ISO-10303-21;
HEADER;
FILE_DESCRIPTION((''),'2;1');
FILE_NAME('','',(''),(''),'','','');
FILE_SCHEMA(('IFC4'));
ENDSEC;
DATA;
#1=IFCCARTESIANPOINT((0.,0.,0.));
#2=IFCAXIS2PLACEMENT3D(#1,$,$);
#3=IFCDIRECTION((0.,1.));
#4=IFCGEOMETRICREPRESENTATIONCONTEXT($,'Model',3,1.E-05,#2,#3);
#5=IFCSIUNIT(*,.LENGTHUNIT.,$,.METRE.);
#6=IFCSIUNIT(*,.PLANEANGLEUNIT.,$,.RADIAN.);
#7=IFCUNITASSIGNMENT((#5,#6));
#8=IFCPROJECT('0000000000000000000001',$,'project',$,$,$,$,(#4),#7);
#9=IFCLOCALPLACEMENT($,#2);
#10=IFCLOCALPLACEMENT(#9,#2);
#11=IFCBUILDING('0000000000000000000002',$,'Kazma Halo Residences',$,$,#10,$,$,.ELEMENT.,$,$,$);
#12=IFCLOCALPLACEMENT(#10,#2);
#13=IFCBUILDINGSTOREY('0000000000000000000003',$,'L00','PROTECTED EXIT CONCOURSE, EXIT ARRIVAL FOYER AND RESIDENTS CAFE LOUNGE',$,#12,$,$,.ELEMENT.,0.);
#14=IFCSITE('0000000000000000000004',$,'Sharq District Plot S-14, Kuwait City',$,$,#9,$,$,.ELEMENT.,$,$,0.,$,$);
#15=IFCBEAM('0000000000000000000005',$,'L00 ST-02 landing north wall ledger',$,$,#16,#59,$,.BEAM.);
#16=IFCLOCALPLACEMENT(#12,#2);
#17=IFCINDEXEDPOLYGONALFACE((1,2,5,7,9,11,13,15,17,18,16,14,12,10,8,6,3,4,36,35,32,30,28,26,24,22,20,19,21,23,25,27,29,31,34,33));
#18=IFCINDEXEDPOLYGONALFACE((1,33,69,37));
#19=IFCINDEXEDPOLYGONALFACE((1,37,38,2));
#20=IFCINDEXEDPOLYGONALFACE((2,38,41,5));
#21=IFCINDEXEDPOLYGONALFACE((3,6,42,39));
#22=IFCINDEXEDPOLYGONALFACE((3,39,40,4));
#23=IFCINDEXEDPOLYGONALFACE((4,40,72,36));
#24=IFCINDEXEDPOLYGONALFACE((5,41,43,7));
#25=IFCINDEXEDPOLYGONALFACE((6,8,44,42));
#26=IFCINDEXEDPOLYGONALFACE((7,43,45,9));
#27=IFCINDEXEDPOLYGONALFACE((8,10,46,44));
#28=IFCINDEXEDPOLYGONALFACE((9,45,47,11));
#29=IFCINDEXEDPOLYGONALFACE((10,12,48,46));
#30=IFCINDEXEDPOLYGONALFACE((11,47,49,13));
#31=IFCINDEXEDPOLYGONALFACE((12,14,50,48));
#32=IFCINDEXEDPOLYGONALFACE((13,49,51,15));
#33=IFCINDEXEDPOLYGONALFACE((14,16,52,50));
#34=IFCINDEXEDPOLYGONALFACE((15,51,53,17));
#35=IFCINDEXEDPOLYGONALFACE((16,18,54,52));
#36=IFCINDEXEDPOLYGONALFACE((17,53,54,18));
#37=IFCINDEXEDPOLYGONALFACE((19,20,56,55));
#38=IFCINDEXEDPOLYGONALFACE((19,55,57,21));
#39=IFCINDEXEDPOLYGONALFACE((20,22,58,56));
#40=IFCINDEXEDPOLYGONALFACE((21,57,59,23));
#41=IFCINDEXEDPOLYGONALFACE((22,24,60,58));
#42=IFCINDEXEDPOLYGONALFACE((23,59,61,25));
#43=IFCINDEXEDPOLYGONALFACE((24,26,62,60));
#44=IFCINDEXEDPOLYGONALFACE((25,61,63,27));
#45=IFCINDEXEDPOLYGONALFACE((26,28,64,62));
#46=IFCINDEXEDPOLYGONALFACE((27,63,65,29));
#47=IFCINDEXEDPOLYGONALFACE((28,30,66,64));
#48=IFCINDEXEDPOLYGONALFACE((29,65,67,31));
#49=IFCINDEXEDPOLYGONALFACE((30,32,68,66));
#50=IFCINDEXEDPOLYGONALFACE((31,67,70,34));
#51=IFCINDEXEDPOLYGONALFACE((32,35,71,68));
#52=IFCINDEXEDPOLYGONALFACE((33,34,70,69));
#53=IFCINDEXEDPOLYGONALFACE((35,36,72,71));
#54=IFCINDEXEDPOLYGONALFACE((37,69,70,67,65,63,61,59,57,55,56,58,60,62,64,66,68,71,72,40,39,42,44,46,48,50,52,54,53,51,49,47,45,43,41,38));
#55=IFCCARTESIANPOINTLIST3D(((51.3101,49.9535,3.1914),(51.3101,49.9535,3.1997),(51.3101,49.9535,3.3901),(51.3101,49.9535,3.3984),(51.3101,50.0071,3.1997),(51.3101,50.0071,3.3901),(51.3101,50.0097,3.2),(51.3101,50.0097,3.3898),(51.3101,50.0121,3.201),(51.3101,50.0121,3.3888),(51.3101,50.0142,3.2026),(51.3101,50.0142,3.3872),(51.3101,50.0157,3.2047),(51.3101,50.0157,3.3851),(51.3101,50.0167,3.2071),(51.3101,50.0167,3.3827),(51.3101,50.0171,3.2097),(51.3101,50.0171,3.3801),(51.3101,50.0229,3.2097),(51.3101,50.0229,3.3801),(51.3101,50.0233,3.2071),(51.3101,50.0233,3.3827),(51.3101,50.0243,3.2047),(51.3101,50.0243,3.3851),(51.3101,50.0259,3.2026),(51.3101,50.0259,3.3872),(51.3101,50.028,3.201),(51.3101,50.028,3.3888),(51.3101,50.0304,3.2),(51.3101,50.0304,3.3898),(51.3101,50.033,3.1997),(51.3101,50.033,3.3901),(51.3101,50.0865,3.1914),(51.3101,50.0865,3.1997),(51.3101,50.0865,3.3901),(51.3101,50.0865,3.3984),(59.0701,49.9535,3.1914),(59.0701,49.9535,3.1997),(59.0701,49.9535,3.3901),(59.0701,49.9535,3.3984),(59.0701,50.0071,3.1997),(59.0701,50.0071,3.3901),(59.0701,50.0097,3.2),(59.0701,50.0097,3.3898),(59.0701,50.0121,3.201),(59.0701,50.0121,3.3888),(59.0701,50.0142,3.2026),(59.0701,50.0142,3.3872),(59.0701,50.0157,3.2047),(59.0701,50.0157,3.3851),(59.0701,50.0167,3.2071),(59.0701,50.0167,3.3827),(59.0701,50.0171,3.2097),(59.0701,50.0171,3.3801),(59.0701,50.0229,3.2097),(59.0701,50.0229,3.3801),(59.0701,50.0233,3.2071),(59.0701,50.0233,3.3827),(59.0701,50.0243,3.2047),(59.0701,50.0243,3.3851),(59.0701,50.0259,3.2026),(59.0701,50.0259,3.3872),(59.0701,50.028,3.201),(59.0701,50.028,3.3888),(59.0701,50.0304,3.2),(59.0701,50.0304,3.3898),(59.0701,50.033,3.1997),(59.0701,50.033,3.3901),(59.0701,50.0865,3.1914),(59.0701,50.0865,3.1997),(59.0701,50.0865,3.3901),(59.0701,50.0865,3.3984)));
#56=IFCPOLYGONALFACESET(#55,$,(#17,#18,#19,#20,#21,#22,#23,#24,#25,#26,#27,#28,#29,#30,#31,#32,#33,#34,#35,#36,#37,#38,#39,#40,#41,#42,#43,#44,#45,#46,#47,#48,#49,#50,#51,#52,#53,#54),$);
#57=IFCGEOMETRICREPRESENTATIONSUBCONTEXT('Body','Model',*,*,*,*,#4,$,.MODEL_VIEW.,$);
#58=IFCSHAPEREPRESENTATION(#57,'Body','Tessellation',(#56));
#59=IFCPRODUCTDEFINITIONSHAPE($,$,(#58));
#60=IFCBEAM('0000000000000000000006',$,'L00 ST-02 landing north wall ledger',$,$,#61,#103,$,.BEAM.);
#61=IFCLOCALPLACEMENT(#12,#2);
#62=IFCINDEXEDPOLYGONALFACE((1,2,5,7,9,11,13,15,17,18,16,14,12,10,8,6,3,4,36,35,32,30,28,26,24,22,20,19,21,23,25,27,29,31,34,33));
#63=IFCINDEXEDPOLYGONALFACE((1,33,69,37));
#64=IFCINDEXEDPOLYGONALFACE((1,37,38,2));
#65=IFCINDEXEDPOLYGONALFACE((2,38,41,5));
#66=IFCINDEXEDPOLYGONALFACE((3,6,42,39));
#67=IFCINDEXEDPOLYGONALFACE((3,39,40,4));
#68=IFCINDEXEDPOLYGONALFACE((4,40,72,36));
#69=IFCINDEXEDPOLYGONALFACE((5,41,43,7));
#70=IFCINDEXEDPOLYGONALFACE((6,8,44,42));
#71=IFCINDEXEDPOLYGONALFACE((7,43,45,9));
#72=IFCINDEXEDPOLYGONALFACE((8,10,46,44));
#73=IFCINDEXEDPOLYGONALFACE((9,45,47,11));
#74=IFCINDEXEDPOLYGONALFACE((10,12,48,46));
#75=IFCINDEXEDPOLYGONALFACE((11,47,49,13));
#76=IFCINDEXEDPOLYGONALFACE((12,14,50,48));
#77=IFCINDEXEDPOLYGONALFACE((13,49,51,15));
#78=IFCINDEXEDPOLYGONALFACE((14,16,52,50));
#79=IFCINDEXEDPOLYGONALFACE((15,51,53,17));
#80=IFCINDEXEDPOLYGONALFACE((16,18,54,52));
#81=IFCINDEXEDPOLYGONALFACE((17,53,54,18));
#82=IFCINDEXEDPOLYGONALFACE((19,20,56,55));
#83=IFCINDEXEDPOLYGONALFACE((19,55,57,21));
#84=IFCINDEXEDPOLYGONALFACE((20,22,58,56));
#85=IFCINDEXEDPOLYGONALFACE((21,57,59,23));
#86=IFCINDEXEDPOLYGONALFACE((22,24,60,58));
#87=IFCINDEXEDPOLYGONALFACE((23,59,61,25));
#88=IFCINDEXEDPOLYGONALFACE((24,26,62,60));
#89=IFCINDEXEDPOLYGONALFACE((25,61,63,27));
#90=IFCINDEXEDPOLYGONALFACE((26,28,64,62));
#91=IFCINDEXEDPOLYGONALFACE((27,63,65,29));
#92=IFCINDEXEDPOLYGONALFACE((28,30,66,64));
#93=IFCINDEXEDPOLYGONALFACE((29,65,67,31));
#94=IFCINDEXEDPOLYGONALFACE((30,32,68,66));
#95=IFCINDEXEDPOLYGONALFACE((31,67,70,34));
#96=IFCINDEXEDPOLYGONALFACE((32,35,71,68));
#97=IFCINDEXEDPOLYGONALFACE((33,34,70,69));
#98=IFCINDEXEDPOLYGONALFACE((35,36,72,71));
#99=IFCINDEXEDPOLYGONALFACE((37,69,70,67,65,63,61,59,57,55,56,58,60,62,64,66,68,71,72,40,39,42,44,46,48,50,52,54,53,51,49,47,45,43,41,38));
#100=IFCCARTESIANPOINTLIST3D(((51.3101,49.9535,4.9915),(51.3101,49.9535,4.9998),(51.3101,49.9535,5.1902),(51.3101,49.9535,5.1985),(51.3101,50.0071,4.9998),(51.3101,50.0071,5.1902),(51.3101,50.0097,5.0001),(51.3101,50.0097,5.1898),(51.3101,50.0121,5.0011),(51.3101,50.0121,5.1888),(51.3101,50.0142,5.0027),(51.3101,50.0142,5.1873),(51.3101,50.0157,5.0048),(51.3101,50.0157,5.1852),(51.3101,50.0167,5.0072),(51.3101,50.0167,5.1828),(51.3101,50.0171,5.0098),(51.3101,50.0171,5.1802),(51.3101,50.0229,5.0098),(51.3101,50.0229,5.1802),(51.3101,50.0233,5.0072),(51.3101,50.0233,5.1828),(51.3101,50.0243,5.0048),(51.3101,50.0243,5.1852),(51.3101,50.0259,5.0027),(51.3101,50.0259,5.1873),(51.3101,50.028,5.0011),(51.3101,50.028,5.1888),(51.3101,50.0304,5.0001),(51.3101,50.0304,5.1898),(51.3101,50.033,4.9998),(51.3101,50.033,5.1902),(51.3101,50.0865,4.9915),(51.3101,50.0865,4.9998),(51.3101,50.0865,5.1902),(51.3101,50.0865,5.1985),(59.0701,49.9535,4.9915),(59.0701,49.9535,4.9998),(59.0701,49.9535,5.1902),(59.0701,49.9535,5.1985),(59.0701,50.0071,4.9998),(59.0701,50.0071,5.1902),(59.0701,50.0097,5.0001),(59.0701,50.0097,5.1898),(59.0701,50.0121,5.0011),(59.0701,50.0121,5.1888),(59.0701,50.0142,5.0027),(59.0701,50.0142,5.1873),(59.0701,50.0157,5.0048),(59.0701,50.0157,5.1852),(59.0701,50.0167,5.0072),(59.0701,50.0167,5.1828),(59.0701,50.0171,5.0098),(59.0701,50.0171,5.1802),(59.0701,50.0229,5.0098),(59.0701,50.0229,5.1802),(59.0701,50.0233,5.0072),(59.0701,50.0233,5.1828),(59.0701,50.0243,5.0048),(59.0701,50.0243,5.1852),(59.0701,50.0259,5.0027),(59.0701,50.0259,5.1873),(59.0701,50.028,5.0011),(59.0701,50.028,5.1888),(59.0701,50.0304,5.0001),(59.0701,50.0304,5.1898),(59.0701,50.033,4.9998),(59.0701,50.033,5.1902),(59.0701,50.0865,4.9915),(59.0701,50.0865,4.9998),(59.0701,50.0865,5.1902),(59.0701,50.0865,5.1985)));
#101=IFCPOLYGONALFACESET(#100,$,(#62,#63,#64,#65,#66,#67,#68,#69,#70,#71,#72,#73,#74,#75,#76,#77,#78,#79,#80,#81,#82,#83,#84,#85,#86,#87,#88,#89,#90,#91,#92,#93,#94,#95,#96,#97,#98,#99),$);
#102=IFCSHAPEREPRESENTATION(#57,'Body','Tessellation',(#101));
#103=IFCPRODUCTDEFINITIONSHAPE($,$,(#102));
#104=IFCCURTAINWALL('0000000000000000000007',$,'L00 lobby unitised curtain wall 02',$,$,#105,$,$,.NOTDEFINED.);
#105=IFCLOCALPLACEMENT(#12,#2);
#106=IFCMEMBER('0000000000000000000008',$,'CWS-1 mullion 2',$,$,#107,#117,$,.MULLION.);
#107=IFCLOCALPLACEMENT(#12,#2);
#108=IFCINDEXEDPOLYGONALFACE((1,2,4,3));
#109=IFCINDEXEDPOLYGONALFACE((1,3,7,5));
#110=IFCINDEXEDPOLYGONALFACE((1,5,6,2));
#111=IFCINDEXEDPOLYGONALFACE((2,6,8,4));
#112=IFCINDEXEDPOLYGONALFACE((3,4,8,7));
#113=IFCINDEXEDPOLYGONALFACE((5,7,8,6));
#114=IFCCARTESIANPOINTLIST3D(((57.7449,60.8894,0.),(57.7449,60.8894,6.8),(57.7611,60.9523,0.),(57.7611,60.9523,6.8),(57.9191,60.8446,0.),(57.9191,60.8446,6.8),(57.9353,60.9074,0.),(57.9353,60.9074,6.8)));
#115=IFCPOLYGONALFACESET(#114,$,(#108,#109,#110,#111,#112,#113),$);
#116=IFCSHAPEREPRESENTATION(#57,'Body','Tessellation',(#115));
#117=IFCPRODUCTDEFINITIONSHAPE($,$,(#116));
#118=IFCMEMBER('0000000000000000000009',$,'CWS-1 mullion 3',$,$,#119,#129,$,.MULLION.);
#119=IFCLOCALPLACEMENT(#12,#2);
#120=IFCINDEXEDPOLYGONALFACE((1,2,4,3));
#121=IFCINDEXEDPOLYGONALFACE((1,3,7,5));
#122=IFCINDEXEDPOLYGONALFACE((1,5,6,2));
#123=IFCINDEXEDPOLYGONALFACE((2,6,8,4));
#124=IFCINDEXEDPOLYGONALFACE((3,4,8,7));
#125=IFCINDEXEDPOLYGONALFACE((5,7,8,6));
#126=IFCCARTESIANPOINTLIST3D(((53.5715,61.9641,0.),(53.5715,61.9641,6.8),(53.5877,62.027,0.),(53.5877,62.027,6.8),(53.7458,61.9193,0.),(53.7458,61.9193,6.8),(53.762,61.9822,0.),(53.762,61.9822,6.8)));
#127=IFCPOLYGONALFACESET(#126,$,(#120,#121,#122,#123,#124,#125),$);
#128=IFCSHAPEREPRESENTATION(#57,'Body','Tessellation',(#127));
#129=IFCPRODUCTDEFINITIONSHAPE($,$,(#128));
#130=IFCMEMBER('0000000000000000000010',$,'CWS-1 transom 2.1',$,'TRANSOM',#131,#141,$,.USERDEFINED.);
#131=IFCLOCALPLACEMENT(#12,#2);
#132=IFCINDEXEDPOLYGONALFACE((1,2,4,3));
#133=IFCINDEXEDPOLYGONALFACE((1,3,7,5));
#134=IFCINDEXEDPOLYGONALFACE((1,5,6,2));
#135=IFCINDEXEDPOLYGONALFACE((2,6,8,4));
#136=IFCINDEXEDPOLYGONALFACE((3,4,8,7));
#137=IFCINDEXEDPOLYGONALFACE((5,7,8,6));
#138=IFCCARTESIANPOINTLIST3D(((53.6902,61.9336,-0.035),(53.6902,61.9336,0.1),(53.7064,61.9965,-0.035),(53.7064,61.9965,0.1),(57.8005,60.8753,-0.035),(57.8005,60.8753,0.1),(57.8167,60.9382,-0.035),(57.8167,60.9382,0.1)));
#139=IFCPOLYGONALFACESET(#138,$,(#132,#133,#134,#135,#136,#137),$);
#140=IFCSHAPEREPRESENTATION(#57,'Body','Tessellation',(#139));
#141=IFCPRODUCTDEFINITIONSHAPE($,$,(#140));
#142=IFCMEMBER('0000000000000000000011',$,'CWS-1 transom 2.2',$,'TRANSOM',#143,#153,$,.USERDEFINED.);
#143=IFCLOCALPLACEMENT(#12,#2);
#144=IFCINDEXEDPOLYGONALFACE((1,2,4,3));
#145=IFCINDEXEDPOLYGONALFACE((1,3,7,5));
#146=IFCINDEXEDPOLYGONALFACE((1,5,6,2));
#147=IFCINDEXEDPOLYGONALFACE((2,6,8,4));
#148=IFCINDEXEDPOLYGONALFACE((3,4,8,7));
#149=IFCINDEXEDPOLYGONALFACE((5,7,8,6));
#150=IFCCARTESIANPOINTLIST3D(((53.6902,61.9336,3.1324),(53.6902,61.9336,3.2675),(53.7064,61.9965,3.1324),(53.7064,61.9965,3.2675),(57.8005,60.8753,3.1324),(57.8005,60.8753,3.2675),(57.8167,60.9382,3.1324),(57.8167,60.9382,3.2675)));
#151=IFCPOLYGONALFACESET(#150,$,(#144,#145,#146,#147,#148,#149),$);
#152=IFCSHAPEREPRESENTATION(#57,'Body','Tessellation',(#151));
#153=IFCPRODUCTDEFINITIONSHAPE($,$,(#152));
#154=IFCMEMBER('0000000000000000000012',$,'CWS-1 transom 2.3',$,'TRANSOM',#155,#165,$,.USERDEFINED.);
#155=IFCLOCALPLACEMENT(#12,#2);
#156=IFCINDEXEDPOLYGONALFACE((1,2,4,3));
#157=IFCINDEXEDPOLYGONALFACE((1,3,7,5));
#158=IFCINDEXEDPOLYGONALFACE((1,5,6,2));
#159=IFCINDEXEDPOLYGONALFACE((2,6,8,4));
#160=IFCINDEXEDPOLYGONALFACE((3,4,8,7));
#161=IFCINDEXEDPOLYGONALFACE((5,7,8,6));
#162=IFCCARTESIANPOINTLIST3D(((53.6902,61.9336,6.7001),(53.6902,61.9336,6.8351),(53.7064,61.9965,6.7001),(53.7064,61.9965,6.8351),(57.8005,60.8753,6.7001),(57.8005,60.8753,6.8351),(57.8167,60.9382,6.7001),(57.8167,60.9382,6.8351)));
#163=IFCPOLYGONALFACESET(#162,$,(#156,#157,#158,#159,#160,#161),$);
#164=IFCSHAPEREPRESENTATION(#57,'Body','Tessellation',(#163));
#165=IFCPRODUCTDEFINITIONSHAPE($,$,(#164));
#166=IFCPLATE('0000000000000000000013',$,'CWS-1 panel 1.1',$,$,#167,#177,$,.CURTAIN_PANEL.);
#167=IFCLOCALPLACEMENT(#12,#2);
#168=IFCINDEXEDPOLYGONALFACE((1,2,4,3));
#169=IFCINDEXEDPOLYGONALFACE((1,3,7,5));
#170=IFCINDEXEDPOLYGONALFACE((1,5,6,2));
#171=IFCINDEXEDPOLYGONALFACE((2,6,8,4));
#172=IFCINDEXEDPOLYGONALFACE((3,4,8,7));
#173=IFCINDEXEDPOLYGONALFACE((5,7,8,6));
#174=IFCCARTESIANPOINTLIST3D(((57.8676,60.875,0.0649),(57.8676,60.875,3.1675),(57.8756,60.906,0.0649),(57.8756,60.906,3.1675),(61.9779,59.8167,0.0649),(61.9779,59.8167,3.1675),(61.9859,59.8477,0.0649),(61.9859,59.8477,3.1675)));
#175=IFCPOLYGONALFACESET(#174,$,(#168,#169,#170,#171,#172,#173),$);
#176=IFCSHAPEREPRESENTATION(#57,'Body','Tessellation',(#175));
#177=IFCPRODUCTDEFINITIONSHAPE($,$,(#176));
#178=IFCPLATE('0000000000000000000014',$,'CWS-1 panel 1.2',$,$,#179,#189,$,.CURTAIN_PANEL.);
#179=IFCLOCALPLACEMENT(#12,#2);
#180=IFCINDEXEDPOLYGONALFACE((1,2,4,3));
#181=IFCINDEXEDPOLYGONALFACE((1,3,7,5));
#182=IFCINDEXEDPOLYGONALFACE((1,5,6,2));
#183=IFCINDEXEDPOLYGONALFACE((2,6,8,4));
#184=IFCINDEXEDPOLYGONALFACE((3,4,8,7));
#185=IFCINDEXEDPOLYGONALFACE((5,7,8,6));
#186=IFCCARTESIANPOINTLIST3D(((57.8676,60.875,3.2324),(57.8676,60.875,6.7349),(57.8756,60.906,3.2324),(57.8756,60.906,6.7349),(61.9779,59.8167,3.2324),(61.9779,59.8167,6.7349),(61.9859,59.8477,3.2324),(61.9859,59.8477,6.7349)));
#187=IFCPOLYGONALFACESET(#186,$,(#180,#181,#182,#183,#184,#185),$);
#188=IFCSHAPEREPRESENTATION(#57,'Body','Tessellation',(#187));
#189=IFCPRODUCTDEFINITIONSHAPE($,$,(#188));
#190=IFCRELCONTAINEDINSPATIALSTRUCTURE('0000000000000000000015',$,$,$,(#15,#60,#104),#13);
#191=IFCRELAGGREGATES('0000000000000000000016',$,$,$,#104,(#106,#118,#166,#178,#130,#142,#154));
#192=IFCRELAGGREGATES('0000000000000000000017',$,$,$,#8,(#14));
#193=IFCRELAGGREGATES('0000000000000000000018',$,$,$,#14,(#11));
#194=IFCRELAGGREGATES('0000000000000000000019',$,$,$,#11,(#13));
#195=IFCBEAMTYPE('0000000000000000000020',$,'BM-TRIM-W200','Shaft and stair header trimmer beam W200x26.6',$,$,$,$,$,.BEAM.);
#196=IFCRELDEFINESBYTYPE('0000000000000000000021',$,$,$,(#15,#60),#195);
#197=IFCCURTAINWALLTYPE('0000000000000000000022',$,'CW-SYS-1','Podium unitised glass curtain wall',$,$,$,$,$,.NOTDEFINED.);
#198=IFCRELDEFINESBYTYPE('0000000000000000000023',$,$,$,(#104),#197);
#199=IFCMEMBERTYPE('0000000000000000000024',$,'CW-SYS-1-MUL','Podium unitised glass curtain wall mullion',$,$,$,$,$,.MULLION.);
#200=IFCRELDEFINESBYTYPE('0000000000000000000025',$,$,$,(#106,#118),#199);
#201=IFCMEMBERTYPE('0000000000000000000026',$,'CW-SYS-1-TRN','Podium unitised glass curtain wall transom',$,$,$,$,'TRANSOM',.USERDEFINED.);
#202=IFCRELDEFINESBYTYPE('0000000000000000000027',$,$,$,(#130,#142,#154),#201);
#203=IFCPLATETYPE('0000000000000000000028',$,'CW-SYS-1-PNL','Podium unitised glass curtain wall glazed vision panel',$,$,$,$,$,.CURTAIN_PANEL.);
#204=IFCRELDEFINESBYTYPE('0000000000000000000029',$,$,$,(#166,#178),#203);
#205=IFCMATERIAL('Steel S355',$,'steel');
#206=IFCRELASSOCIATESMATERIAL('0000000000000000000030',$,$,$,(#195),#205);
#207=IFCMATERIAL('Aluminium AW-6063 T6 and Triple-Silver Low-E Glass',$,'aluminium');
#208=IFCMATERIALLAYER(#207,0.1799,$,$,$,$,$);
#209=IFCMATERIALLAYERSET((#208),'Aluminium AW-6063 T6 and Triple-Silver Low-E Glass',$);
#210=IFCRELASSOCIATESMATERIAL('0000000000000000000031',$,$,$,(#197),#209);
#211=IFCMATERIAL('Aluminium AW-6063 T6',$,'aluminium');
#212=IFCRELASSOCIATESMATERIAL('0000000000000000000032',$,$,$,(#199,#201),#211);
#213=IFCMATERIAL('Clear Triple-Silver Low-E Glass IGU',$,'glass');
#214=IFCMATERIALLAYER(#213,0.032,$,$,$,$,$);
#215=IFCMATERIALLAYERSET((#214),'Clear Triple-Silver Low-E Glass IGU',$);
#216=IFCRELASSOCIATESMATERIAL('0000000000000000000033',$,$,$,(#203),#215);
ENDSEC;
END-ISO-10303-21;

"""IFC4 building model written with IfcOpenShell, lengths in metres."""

from ifc_helpers import new_model, si_unit, direction, frame, origin, origin_2d, place, context, subcontext, project, spatial, rectangle, i_section, extrude, material, layer, layer_set, material_profile, profile_set, type_object, element, aggregate, save


model = new_model("IFC4")

# Units and contexts
model_context = context("Model", 3, precision=1e-05, world=origin(), true_north=direction((0.0, 1.0)))
body_context = subcontext(model_context, "Body", "Model", "MODEL_VIEW")
ifc_project = project(units=[si_unit("LENGTHUNIT", "METRE"), si_unit("PLANEANGLEUNIT", "RADIAN")], contexts=[model_context])

# Site, building, storey
site_placement = place(None, origin())
site = spatial("IfcSite", under=ifc_project, at=site_placement, Name="Sharq District Plot S-14, Kuwait City", CompositionType="ELEMENT", RefElevation=0.0)
building_placement = place(site_placement, origin())
building = spatial("IfcBuilding", under=site, at=building_placement, Name="Kazma Halo Residences", CompositionType="ELEMENT")
storey_placement = place(building_placement, origin())
storey = spatial("IfcBuildingStorey", under=building, at=storey_placement, Name="L00", Description="PROTECTED EXIT CONCOURSE, EXIT ARRIVAL FOYER AND RESIDENTS CAFE LOUNGE", CompositionType="ELEMENT", Elevation=0.0)

# Beams
ifc_material_1 = material(Name="Steel S355", Category="steel")
ifc_material_profile_1 = material_profile(ifc_material_1, i_section(OverallWidth=0.1331, OverallDepth=0.207, WebThickness=0.0059, FlangeThickness=0.0083, FilletRadius=0.01, at=origin_2d()), Name="W200x26.6")
ifc_profile_set_1 = profile_set([ifc_material_profile_1], Name="Steel S355")
beam_type_1 = type_object("IfcBeamType", Name="BM-TRIM-W200", Description="Shaft and stair header trimmer beam W200x26.6", PredefinedType="BEAM", material=ifc_profile_set_1)
for number, where, z_axis, x_axis, name in (
    (1, (51.3101, 50.02, 3.2949), (1.0, 0.0, 0.0), (0.0, 1.0, 0.0), "L00 ST-02 landing north wall ledger"),
    (2, (51.3101, 50.02, 5.095), (1.0, 0.0, 0.0), (0.0, 1.0, 0.0), "L00 ST-02 landing north wall ledger"),
):
    element("IfcBeam", number, at=place(storey_placement, frame(where, z_axis=z_axis, x_axis=x_axis)), inside=storey, type_object=beam_type_1, Name=name, PredefinedType="BEAM", context=body_context, shape_type="SweptSolid", body=[
        extrude(i_section(OverallWidth=0.1331, OverallDepth=0.207, WebThickness=0.0059, FlangeThickness=0.0083, FilletRadius=0.01, at=origin_2d()), origin(), (0.0, 0.0, 1.0), 7.76),
    ])

# Curtain wall, members, plates
ifc_material_2 = material(Name="Aluminium AW-6063 T6 and Triple-Silver Low-E Glass", Category="aluminium")
ifc_layer_1 = layer(ifc_material_2, 0.1799)
ifc_layer_set_1 = layer_set([ifc_layer_1], Name="Aluminium AW-6063 T6 and Triple-Silver Low-E Glass")
curtain_wall_type = type_object("IfcCurtainWallType", Name="CW-SYS-1", Description="Podium unitised glass curtain wall", PredefinedType="NOTDEFINED", material=ifc_layer_set_1)
curtain_wall_placement = place(storey_placement, origin())
curtain_wall = element("IfcCurtainWall", 3, at=curtain_wall_placement, inside=storey, type_object=curtain_wall_type, Name="L00 lobby unitised curtain wall 02", PredefinedType="NOTDEFINED")
ifc_material_3 = material(Name="Aluminium AW-6063 T6", Category="aluminium")
ifc_material_profile_2 = material_profile(ifc_material_3, rectangle(XDim=0.0649, YDim=0.1799, at=origin_2d()), Name="CWM-65x180")
ifc_profile_set_2 = profile_set([ifc_material_profile_2], Name="Aluminium AW-6063 T6")
member_type_1 = type_object("IfcMemberType", Name="CW-SYS-1-MUL", Description="Podium unitised glass curtain wall mullion", PredefinedType="MULLION", material=ifc_profile_set_2)
member_1_placement = place(storey_placement, frame((57.8401, 60.8984, 0.0), z_axis=(0.0, 0.0, 1.0), x_axis=(-0.249347, -0.968414, 0.0)))
member_1 = element("IfcMember", 4, at=member_1_placement, type_object=member_type_1, Name="CWS-1 mullion 2", PredefinedType="MULLION", context=body_context, shape_type="SweptSolid", body=[
    extrude(rectangle(XDim=0.0649, YDim=0.1799, at=origin_2d()), origin(), (0.0, 0.0, 1.0), 6.8),
])
member_2_placement = place(storey_placement, frame((53.6667, 61.9731, 0.0), z_axis=(0.0, 0.0, 1.0), x_axis=(-0.249347, -0.968414, 0.0)))
member_2 = element("IfcMember", 5, at=member_2_placement, type_object=member_type_1, Name="CWS-1 mullion 3", PredefinedType="MULLION", context=body_context, shape_type="SweptSolid", body=[
    extrude(rectangle(XDim=0.0649, YDim=0.1799, at=origin_2d()), origin(), (0.0, 0.0, 1.0), 6.8),
])
ifc_material_profile_3 = material_profile(ifc_material_3, rectangle(XDim=0.0649, YDim=0.135, at=origin_2d()), Name="CWT-65x135")
ifc_profile_set_3 = profile_set([ifc_material_profile_3], Name="Aluminium AW-6063 T6")
member_type_2 = type_object("IfcMemberType", Name="CW-SYS-1-TRN", Description="Podium unitised glass curtain wall transom", ElementType="TRANSOM", PredefinedType="USERDEFINED", material=ifc_profile_set_3)
member_3_placement = place(storey_placement, frame((57.8086, 60.9067, 0.0325), z_axis=(-0.968413, 0.249351, 0.0), x_axis=(-0.249351, -0.968413, 0.0)))
member_3 = element("IfcMember", 6, at=member_3_placement, type_object=member_type_2, Name="CWS-1 transom 2.1", ObjectType="TRANSOM", PredefinedType="USERDEFINED", context=body_context, shape_type="SweptSolid", body=[
    extrude(rectangle(XDim=0.0649, YDim=0.135, at=origin_2d()), origin(), (0.0, 0.0, 1.0), 4.2444),
])
member_4_placement = place(storey_placement, frame((57.8086, 60.9067, 3.2), z_axis=(-0.968413, 0.249351, 0.0), x_axis=(-0.249351, -0.968413, 0.0)))
member_4 = element("IfcMember", 7, at=member_4_placement, type_object=member_type_2, Name="CWS-1 transom 2.2", ObjectType="TRANSOM", PredefinedType="USERDEFINED", context=body_context, shape_type="SweptSolid", body=[
    extrude(rectangle(XDim=0.0649, YDim=0.135, at=origin_2d()), origin(), (0.0, 0.0, 1.0), 4.2444),
])
member_5_placement = place(storey_placement, frame((57.8086, 60.9067, 6.7676), z_axis=(-0.968413, 0.249351, 0.0), x_axis=(-0.249351, -0.968413, 0.0)))
member_5 = element("IfcMember", 8, at=member_5_placement, type_object=member_type_2, Name="CWS-1 transom 2.3", ObjectType="TRANSOM", PredefinedType="USERDEFINED", context=body_context, shape_type="SweptSolid", body=[
    extrude(rectangle(XDim=0.0649, YDim=0.135, at=origin_2d()), origin(), (0.0, 0.0, 1.0), 4.2444),
])
ifc_material_4 = material(Name="Clear Triple-Silver Low-E Glass IGU", Category="glass")
ifc_layer_2 = layer(ifc_material_4, 0.032)
ifc_layer_set_2 = layer_set([ifc_layer_2], Name="Clear Triple-Silver Low-E Glass IGU")
plate_type_1 = type_object("IfcPlateType", Name="CW-SYS-1-PNL", Description="Podium unitised glass curtain wall glazed vision panel", PredefinedType="CURTAIN_PANEL", material=ifc_layer_set_2)
plate_1_placement = place(storey_placement, frame((59.9268, 60.3613, 0.0649), z_axis=(0.0, 0.0, 1.0), x_axis=(-0.968414, 0.249347, 0.0)))
plate_1 = element("IfcPlate", 9, at=plate_1_placement, type_object=plate_type_1, Name="CWS-1 panel 1.1", PredefinedType="CURTAIN_PANEL", context=body_context, shape_type="SweptSolid", body=[
    extrude(rectangle(XDim=4.2444, YDim=0.032, at=origin_2d()), origin(), (0.0, 0.0, 1.0), 3.1025),
])
plate_2_placement = place(storey_placement, frame((59.9268, 60.3613, 3.2324), z_axis=(0.0, 0.0, 1.0), x_axis=(-0.968414, 0.249347, 0.0)))
plate_2 = element("IfcPlate", 10, at=plate_2_placement, type_object=plate_type_1, Name="CWS-1 panel 1.2", PredefinedType="CURTAIN_PANEL", context=body_context, shape_type="SweptSolid", body=[
    extrude(rectangle(XDim=4.2444, YDim=0.032, at=origin_2d()), origin(), (0.0, 0.0, 1.0), 3.5024),
])
aggregate(curtain_wall, [member_1, member_2, plate_1, plate_2, member_3, member_4, member_5])

save(model, "model.ifc")
